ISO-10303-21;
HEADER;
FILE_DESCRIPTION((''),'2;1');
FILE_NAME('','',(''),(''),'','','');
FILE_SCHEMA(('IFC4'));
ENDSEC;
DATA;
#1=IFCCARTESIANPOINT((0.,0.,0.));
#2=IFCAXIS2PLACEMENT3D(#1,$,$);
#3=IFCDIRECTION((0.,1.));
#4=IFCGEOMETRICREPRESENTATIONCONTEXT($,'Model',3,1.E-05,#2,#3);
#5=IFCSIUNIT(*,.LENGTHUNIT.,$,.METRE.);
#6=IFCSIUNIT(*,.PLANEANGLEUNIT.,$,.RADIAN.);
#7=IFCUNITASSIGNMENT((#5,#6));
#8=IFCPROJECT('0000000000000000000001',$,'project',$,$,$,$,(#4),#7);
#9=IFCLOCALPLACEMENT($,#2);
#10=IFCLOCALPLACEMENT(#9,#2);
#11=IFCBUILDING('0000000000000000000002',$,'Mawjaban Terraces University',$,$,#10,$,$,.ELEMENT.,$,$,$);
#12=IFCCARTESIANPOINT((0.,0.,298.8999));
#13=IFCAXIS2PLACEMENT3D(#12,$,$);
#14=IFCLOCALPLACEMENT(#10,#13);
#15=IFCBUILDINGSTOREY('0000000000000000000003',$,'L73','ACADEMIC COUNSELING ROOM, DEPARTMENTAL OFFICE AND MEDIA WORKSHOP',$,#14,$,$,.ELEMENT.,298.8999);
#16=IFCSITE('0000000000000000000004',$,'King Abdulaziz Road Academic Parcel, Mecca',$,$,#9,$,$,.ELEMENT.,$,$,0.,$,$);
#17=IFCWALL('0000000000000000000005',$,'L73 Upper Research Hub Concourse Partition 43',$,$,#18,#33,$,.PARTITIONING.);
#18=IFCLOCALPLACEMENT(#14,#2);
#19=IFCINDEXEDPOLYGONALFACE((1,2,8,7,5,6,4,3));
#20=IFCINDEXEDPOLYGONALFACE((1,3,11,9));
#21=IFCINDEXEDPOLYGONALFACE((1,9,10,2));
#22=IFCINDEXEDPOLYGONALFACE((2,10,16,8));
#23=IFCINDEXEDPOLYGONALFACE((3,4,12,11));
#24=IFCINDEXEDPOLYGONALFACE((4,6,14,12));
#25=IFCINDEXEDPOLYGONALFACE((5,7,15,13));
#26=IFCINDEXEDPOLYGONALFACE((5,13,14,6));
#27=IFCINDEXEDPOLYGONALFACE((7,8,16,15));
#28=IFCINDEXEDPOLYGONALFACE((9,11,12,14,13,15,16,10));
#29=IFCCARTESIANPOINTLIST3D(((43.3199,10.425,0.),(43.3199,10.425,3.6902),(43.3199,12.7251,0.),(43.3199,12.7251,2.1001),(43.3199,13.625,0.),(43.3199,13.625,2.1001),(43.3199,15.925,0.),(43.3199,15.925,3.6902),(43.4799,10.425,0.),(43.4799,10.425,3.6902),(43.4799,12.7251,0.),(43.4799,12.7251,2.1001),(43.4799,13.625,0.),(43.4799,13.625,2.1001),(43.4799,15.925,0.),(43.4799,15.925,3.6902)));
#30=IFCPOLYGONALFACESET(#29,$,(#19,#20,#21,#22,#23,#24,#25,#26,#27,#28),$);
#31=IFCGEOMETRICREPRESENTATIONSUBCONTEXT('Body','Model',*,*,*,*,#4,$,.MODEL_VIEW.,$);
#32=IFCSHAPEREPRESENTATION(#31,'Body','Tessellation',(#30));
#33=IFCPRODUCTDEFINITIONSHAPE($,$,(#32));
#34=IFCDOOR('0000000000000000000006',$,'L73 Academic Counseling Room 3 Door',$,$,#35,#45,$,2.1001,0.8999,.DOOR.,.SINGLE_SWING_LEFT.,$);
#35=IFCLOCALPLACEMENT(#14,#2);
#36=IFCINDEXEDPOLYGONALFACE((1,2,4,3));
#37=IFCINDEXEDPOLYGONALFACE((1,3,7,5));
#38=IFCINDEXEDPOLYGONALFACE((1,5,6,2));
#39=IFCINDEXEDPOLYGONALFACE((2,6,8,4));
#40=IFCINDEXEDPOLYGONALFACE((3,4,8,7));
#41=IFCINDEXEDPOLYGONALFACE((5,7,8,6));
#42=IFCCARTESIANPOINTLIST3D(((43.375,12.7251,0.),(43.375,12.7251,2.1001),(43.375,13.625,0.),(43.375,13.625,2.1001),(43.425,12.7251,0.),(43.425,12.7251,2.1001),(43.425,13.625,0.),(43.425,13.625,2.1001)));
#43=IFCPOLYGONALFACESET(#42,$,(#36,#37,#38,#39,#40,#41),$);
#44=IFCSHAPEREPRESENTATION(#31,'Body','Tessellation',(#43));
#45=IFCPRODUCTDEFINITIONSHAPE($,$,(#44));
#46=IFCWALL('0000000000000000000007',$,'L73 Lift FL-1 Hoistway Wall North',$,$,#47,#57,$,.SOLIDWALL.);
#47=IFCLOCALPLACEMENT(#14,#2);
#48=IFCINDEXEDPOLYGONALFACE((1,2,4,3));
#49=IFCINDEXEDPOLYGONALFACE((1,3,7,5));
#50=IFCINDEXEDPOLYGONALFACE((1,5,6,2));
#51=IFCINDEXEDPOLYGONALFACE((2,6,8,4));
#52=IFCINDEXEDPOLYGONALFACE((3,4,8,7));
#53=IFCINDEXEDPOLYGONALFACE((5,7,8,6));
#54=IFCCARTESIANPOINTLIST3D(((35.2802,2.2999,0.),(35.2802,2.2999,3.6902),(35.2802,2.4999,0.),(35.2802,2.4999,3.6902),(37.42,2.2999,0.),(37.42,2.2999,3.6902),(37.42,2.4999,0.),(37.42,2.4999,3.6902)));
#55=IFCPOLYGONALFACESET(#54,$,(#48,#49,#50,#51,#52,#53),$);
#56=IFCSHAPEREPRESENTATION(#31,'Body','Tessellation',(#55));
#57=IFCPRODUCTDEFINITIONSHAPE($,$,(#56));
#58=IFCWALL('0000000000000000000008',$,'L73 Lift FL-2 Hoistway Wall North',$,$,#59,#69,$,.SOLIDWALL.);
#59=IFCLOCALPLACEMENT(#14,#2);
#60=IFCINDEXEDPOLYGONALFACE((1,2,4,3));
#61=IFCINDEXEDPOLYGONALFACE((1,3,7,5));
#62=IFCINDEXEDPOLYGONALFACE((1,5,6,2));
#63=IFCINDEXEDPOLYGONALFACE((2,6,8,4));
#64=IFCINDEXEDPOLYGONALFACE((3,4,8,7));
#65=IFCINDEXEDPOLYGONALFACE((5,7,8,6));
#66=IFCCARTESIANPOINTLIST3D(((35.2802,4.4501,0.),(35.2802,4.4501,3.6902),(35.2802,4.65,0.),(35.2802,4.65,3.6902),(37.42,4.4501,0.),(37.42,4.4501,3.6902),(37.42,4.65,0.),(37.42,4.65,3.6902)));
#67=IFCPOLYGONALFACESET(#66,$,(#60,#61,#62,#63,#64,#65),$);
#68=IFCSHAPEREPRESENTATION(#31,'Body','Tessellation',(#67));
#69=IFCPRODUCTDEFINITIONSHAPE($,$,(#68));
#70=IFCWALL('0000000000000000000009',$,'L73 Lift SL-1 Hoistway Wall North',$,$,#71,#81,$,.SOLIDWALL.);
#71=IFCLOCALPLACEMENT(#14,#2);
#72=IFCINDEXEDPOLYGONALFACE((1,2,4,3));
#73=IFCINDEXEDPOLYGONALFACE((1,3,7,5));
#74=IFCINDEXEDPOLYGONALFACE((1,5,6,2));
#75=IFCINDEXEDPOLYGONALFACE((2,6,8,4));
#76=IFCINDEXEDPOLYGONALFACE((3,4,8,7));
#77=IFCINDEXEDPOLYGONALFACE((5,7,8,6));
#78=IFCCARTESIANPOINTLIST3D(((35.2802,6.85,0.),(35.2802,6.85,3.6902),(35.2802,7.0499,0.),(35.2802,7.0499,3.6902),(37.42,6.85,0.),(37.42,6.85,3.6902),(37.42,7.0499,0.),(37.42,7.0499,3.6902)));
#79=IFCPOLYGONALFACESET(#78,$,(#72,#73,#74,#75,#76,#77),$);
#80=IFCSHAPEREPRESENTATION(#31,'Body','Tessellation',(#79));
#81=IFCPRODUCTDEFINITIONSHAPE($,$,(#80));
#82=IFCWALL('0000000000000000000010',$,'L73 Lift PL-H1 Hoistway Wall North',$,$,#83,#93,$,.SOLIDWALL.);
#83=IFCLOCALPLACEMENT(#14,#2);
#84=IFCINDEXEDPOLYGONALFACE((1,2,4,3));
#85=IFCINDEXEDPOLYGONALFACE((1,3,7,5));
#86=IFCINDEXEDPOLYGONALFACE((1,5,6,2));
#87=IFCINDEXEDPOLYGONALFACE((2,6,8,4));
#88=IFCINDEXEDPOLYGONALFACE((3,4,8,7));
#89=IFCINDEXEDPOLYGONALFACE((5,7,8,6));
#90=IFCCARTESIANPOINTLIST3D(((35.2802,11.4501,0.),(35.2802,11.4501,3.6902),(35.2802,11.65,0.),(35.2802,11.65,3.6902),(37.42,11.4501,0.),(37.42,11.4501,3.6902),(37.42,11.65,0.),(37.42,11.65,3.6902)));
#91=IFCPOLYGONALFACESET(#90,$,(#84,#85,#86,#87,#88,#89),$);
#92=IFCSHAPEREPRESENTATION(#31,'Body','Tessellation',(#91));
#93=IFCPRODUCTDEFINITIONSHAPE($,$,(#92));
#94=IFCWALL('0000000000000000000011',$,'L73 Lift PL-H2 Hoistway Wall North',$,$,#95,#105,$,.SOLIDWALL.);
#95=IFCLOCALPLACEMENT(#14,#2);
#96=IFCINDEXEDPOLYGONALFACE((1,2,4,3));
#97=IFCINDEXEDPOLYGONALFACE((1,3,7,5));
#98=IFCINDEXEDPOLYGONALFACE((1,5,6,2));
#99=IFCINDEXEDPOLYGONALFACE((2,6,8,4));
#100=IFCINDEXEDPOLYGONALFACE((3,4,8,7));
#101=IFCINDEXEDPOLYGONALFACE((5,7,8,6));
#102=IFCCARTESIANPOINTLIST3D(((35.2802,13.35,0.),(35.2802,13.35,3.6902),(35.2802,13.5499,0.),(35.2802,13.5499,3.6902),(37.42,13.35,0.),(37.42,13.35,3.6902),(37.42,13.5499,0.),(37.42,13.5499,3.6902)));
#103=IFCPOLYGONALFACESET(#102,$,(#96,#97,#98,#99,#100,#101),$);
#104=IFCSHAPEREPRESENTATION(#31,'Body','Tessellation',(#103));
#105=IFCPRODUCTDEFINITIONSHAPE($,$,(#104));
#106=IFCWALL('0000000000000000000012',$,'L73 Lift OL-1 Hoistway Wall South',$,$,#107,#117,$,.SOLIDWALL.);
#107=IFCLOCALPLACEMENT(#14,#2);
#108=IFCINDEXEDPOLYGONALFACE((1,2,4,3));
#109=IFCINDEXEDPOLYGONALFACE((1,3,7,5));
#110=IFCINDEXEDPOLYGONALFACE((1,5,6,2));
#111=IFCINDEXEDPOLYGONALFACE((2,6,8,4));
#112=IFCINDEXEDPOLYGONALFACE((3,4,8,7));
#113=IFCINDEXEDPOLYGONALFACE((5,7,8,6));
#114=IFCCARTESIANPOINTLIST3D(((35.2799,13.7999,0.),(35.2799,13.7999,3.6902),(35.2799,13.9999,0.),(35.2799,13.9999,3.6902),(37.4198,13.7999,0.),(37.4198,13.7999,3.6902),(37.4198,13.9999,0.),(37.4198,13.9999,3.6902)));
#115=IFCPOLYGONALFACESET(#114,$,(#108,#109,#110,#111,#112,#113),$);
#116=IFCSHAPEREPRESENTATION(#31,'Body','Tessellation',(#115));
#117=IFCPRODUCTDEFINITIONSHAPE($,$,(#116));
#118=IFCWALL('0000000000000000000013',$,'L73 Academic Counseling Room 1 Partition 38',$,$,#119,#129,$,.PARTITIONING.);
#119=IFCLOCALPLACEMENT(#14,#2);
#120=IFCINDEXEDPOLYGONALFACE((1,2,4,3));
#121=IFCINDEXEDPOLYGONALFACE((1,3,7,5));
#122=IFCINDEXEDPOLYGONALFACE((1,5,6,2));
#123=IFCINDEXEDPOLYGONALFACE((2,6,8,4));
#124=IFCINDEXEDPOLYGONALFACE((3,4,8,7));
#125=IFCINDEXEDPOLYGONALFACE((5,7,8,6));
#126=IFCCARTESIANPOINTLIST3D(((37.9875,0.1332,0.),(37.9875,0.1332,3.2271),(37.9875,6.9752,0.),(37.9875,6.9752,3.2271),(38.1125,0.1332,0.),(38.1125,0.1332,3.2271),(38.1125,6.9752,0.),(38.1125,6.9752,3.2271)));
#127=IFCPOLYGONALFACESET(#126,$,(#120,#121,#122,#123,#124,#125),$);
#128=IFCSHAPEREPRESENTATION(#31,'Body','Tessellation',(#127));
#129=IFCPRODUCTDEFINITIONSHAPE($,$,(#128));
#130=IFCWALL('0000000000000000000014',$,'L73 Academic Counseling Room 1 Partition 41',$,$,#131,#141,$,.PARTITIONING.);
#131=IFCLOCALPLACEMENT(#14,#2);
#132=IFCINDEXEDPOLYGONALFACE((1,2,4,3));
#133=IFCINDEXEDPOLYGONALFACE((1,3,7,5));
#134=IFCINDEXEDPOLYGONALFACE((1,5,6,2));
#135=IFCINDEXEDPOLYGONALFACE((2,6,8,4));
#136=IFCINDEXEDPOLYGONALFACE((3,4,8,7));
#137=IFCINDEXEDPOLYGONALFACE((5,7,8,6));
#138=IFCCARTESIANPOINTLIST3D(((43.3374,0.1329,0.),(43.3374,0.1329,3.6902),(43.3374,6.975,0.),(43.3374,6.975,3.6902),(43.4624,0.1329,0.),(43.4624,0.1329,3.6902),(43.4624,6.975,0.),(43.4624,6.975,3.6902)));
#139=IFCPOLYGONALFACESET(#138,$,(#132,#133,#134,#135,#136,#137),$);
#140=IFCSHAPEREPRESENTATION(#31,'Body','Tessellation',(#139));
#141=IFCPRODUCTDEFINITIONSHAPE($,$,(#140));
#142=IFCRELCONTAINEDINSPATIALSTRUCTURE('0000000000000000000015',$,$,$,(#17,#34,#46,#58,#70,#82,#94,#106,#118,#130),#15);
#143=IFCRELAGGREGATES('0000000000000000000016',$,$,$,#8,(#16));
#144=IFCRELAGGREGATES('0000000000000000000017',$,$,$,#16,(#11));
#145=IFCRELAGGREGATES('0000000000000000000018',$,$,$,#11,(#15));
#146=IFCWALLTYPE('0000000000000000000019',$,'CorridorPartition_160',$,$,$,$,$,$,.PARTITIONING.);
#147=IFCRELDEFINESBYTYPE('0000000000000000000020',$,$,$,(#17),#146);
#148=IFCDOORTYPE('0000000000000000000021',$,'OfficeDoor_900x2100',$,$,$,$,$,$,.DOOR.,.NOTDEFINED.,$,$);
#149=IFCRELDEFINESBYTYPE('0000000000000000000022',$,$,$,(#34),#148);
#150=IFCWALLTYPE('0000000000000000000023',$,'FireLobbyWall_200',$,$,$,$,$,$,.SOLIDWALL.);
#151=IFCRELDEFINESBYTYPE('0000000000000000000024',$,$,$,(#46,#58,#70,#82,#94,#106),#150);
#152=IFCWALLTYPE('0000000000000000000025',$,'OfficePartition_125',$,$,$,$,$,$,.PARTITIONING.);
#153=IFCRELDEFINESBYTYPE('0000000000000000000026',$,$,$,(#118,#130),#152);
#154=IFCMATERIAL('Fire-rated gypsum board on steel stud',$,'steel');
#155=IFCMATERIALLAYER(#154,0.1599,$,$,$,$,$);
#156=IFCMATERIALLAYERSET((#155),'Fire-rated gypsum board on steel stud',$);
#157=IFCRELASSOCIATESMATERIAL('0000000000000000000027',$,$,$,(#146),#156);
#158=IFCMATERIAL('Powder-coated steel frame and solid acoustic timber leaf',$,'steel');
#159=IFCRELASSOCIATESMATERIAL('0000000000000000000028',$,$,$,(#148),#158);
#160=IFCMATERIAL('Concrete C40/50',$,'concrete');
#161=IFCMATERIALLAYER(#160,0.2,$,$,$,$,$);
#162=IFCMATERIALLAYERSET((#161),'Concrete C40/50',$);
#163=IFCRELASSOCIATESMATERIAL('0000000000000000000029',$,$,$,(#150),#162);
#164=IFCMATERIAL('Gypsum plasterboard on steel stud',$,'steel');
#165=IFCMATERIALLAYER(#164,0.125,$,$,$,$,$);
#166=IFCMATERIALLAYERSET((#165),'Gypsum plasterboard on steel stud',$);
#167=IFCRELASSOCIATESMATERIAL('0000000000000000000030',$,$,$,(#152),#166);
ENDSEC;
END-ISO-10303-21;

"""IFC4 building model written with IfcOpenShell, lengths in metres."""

from ifc_helpers import new_model, si_unit, direction, frame, frame_2d, origin, place, context, subcontext, project, spatial, rectangle, extrude, material, layer, layer_set, type_object, element, fill, save


model = new_model("IFC4")

# Units and contexts
model_context = context("Model", 3, precision=1e-05, world=origin(), true_north=direction((0.0, 1.0)))
body_context = subcontext(model_context, "Body", "Model", "MODEL_VIEW")
ifc_project = project(units=[si_unit("LENGTHUNIT", "METRE"), si_unit("PLANEANGLEUNIT", "RADIAN")], contexts=[model_context])

# Site, building, storey
site_placement = place(None, origin())
site = spatial("IfcSite", under=ifc_project, at=site_placement, Name="King Abdulaziz Road Academic Parcel, Mecca", CompositionType="ELEMENT", RefElevation=0.0)
building_placement = place(site_placement, origin())
building = spatial("IfcBuilding", under=site, at=building_placement, Name="Mawjaban Terraces University", CompositionType="ELEMENT")
storey_placement = place(building_placement, frame((0.0, 0.0, 298.8999)))
storey = spatial("IfcBuildingStorey", under=building, at=storey_placement, Name="L73", Description="ACADEMIC COUNSELING ROOM, DEPARTMENTAL OFFICE AND MEDIA WORKSHOP", CompositionType="ELEMENT", Elevation=298.8999)

# Shared definitions
ifc_material_1 = material(Name="Fire-rated gypsum board on steel stud", Category="steel")
ifc_layer_1 = layer(ifc_material_1, 0.1599)
ifc_layer_set_1 = layer_set([ifc_layer_1], Name="Fire-rated gypsum board on steel stud")
wall_type_1 = type_object("IfcWallType", Name="CorridorPartition_160", PredefinedType="PARTITIONING", material=ifc_layer_set_1)
ifc_material_2 = material(Name="Powder-coated steel frame and solid acoustic timber leaf", Category="steel")
door_type = type_object("IfcDoorType", Name="OfficeDoor_900x2100", OperationType="NOTDEFINED", PredefinedType="DOOR", material=ifc_material_2)

# Wall, opening, door
wall_1_placement = place(storey_placement, frame((43.3999, 10.425, 0.0), z_axis=(0.0, 0.0, 1.0), x_axis=(0.0, 1.0, 0.0)))
wall_1 = element("IfcWall", 1, at=wall_1_placement, inside=storey, type_object=wall_type_1, Name="L73 Upper Research Hub Concourse Partition 43", PredefinedType="PARTITIONING", context=body_context, shape_type="SweptSolid", body=[
    extrude(rectangle(XDim=5.5, YDim=0.1599, at=frame_2d((2.75, 0.0))), origin(), (0.0, 0.0, 1.0), 3.6902),
])
opening_1_placement = place(wall_1_placement, frame((2.3, 0.0, 0.0)))
opening_1 = element("IfcOpeningElement", 2, at=opening_1_placement, cuts=wall_1, PredefinedType="OPENING", context=body_context, shape_type="SweptSolid", body=[
    extrude(rectangle(XDim=0.8999, YDim=2.1001, at=frame_2d((0.45, 1.05))), frame((0.0, 0.0898, 0.0), z_axis=(0.0, -1.0, 0.0), x_axis=(1.0, 0.0, 0.0)), (0.0, 0.0, 1.0), 0.1799),
])
door_1_placement = place(opening_1_placement, origin())
door_1 = element("IfcDoor", 3, at=door_1_placement, inside=storey, type_object=door_type, Name="L73 Academic Counseling Room 3 Door", OperationType="SINGLE_SWING_LEFT", OverallHeight=2.1001, OverallWidth=0.8999, PredefinedType="DOOR", context=body_context, shape_type="SweptSolid", body=[
    extrude(rectangle(XDim=0.8999, YDim=2.1001, at=frame_2d((0.45, 1.05))), frame((0.0, 0.0249, 0.0), z_axis=(0.0, -1.0, 0.0), x_axis=(1.0, 0.0, 0.0)), (0.0, 0.0, 1.0), 0.05),
])
fill(opening_1, door_1)

# Walls
ifc_material_3 = material(Name="Concrete C40/50", Category="concrete")
ifc_layer_2 = layer(ifc_material_3, 0.2)
ifc_layer_set_2 = layer_set([ifc_layer_2], Name="Concrete C40/50")
wall_type_2 = type_object("IfcWallType", Name="FireLobbyWall_200", PredefinedType="SOLIDWALL", material=ifc_layer_set_2)
for number, where, z_axis, x_axis, name in (
    (4, (37.4199, 2.3999, 0.0), (0.0, 0.0, 1.0), (-1.0, 0.0, 0.0), "L73 Lift FL-1 Hoistway Wall North"),
    (5, (37.4199, 4.55, 0.0), (0.0, 0.0, 1.0), (-1.0, 0.0, 0.0), "L73 Lift FL-2 Hoistway Wall North"),
    (6, (37.4199, 6.95, 0.0), (0.0, 0.0, 1.0), (-1.0, 0.0, 0.0), "L73 Lift SL-1 Hoistway Wall North"),
    (7, (37.4199, 11.55, 0.0), (0.0, 0.0, 1.0), (-1.0, 0.0, 0.0), "L73 Lift PL-H1 Hoistway Wall North"),
    (8, (37.4199, 13.45, 0.0), (0.0, 0.0, 1.0), (-1.0, 0.0, 0.0), "L73 Lift PL-H2 Hoistway Wall North"),
    (9, (35.28, 13.8999, 0.0), (0.0, 0.0, 1.0), (1.0, 0.0, 0.0), "L73 Lift OL-1 Hoistway Wall South"),
):
    element("IfcWall", number, at=place(storey_placement, frame(where, z_axis=z_axis, x_axis=x_axis)), inside=storey, type_object=wall_type_2, Name=name, PredefinedType="SOLIDWALL", context=body_context, shape_type="SweptSolid", body=[
        extrude(rectangle(XDim=2.1399, YDim=0.2, at=frame_2d((1.0698, 0.0))), origin(), (0.0, 0.0, 1.0), 3.6902),
    ])
ifc_material_4 = material(Name="Gypsum plasterboard on steel stud", Category="steel")
ifc_layer_3 = layer(ifc_material_4, 0.125)
ifc_layer_set_3 = layer_set([ifc_layer_3], Name="Gypsum plasterboard on steel stud")
wall_type_3 = type_object("IfcWallType", Name="OfficePartition_125", PredefinedType="PARTITIONING", material=ifc_layer_set_3)
wall_2_placement = place(storey_placement, frame((38.05, 6.9751, 0.0), z_axis=(0.0, 0.0, 1.0), x_axis=(0.0, -1.0, 0.0)))
element("IfcWall", 10, at=wall_2_placement, inside=storey, type_object=wall_type_3, Name="L73 Academic Counseling Room 1 Partition 38", PredefinedType="PARTITIONING", context=body_context, shape_type="SweptSolid", body=[
    extrude(rectangle(XDim=6.842, YDim=0.125, at=frame_2d((3.4209, 0.0))), origin(), (0.0, 0.0, 1.0), 3.2271),
])
wall_3_placement = place(storey_placement, frame((43.3999, 0.1331, 0.0), z_axis=(0.0, 0.0, 1.0), x_axis=(0.0, 1.0, 0.0)))
element("IfcWall", 11, at=wall_3_placement, inside=storey, type_object=wall_type_3, Name="L73 Academic Counseling Room 1 Partition 41", PredefinedType="PARTITIONING", context=body_context, shape_type="SweptSolid", body=[
    extrude(rectangle(XDim=6.842, YDim=0.125, at=frame_2d((3.4209, 0.0))), origin(), (0.0, 0.0, 1.0), 3.6902),
])

save(model, "model.ifc")
